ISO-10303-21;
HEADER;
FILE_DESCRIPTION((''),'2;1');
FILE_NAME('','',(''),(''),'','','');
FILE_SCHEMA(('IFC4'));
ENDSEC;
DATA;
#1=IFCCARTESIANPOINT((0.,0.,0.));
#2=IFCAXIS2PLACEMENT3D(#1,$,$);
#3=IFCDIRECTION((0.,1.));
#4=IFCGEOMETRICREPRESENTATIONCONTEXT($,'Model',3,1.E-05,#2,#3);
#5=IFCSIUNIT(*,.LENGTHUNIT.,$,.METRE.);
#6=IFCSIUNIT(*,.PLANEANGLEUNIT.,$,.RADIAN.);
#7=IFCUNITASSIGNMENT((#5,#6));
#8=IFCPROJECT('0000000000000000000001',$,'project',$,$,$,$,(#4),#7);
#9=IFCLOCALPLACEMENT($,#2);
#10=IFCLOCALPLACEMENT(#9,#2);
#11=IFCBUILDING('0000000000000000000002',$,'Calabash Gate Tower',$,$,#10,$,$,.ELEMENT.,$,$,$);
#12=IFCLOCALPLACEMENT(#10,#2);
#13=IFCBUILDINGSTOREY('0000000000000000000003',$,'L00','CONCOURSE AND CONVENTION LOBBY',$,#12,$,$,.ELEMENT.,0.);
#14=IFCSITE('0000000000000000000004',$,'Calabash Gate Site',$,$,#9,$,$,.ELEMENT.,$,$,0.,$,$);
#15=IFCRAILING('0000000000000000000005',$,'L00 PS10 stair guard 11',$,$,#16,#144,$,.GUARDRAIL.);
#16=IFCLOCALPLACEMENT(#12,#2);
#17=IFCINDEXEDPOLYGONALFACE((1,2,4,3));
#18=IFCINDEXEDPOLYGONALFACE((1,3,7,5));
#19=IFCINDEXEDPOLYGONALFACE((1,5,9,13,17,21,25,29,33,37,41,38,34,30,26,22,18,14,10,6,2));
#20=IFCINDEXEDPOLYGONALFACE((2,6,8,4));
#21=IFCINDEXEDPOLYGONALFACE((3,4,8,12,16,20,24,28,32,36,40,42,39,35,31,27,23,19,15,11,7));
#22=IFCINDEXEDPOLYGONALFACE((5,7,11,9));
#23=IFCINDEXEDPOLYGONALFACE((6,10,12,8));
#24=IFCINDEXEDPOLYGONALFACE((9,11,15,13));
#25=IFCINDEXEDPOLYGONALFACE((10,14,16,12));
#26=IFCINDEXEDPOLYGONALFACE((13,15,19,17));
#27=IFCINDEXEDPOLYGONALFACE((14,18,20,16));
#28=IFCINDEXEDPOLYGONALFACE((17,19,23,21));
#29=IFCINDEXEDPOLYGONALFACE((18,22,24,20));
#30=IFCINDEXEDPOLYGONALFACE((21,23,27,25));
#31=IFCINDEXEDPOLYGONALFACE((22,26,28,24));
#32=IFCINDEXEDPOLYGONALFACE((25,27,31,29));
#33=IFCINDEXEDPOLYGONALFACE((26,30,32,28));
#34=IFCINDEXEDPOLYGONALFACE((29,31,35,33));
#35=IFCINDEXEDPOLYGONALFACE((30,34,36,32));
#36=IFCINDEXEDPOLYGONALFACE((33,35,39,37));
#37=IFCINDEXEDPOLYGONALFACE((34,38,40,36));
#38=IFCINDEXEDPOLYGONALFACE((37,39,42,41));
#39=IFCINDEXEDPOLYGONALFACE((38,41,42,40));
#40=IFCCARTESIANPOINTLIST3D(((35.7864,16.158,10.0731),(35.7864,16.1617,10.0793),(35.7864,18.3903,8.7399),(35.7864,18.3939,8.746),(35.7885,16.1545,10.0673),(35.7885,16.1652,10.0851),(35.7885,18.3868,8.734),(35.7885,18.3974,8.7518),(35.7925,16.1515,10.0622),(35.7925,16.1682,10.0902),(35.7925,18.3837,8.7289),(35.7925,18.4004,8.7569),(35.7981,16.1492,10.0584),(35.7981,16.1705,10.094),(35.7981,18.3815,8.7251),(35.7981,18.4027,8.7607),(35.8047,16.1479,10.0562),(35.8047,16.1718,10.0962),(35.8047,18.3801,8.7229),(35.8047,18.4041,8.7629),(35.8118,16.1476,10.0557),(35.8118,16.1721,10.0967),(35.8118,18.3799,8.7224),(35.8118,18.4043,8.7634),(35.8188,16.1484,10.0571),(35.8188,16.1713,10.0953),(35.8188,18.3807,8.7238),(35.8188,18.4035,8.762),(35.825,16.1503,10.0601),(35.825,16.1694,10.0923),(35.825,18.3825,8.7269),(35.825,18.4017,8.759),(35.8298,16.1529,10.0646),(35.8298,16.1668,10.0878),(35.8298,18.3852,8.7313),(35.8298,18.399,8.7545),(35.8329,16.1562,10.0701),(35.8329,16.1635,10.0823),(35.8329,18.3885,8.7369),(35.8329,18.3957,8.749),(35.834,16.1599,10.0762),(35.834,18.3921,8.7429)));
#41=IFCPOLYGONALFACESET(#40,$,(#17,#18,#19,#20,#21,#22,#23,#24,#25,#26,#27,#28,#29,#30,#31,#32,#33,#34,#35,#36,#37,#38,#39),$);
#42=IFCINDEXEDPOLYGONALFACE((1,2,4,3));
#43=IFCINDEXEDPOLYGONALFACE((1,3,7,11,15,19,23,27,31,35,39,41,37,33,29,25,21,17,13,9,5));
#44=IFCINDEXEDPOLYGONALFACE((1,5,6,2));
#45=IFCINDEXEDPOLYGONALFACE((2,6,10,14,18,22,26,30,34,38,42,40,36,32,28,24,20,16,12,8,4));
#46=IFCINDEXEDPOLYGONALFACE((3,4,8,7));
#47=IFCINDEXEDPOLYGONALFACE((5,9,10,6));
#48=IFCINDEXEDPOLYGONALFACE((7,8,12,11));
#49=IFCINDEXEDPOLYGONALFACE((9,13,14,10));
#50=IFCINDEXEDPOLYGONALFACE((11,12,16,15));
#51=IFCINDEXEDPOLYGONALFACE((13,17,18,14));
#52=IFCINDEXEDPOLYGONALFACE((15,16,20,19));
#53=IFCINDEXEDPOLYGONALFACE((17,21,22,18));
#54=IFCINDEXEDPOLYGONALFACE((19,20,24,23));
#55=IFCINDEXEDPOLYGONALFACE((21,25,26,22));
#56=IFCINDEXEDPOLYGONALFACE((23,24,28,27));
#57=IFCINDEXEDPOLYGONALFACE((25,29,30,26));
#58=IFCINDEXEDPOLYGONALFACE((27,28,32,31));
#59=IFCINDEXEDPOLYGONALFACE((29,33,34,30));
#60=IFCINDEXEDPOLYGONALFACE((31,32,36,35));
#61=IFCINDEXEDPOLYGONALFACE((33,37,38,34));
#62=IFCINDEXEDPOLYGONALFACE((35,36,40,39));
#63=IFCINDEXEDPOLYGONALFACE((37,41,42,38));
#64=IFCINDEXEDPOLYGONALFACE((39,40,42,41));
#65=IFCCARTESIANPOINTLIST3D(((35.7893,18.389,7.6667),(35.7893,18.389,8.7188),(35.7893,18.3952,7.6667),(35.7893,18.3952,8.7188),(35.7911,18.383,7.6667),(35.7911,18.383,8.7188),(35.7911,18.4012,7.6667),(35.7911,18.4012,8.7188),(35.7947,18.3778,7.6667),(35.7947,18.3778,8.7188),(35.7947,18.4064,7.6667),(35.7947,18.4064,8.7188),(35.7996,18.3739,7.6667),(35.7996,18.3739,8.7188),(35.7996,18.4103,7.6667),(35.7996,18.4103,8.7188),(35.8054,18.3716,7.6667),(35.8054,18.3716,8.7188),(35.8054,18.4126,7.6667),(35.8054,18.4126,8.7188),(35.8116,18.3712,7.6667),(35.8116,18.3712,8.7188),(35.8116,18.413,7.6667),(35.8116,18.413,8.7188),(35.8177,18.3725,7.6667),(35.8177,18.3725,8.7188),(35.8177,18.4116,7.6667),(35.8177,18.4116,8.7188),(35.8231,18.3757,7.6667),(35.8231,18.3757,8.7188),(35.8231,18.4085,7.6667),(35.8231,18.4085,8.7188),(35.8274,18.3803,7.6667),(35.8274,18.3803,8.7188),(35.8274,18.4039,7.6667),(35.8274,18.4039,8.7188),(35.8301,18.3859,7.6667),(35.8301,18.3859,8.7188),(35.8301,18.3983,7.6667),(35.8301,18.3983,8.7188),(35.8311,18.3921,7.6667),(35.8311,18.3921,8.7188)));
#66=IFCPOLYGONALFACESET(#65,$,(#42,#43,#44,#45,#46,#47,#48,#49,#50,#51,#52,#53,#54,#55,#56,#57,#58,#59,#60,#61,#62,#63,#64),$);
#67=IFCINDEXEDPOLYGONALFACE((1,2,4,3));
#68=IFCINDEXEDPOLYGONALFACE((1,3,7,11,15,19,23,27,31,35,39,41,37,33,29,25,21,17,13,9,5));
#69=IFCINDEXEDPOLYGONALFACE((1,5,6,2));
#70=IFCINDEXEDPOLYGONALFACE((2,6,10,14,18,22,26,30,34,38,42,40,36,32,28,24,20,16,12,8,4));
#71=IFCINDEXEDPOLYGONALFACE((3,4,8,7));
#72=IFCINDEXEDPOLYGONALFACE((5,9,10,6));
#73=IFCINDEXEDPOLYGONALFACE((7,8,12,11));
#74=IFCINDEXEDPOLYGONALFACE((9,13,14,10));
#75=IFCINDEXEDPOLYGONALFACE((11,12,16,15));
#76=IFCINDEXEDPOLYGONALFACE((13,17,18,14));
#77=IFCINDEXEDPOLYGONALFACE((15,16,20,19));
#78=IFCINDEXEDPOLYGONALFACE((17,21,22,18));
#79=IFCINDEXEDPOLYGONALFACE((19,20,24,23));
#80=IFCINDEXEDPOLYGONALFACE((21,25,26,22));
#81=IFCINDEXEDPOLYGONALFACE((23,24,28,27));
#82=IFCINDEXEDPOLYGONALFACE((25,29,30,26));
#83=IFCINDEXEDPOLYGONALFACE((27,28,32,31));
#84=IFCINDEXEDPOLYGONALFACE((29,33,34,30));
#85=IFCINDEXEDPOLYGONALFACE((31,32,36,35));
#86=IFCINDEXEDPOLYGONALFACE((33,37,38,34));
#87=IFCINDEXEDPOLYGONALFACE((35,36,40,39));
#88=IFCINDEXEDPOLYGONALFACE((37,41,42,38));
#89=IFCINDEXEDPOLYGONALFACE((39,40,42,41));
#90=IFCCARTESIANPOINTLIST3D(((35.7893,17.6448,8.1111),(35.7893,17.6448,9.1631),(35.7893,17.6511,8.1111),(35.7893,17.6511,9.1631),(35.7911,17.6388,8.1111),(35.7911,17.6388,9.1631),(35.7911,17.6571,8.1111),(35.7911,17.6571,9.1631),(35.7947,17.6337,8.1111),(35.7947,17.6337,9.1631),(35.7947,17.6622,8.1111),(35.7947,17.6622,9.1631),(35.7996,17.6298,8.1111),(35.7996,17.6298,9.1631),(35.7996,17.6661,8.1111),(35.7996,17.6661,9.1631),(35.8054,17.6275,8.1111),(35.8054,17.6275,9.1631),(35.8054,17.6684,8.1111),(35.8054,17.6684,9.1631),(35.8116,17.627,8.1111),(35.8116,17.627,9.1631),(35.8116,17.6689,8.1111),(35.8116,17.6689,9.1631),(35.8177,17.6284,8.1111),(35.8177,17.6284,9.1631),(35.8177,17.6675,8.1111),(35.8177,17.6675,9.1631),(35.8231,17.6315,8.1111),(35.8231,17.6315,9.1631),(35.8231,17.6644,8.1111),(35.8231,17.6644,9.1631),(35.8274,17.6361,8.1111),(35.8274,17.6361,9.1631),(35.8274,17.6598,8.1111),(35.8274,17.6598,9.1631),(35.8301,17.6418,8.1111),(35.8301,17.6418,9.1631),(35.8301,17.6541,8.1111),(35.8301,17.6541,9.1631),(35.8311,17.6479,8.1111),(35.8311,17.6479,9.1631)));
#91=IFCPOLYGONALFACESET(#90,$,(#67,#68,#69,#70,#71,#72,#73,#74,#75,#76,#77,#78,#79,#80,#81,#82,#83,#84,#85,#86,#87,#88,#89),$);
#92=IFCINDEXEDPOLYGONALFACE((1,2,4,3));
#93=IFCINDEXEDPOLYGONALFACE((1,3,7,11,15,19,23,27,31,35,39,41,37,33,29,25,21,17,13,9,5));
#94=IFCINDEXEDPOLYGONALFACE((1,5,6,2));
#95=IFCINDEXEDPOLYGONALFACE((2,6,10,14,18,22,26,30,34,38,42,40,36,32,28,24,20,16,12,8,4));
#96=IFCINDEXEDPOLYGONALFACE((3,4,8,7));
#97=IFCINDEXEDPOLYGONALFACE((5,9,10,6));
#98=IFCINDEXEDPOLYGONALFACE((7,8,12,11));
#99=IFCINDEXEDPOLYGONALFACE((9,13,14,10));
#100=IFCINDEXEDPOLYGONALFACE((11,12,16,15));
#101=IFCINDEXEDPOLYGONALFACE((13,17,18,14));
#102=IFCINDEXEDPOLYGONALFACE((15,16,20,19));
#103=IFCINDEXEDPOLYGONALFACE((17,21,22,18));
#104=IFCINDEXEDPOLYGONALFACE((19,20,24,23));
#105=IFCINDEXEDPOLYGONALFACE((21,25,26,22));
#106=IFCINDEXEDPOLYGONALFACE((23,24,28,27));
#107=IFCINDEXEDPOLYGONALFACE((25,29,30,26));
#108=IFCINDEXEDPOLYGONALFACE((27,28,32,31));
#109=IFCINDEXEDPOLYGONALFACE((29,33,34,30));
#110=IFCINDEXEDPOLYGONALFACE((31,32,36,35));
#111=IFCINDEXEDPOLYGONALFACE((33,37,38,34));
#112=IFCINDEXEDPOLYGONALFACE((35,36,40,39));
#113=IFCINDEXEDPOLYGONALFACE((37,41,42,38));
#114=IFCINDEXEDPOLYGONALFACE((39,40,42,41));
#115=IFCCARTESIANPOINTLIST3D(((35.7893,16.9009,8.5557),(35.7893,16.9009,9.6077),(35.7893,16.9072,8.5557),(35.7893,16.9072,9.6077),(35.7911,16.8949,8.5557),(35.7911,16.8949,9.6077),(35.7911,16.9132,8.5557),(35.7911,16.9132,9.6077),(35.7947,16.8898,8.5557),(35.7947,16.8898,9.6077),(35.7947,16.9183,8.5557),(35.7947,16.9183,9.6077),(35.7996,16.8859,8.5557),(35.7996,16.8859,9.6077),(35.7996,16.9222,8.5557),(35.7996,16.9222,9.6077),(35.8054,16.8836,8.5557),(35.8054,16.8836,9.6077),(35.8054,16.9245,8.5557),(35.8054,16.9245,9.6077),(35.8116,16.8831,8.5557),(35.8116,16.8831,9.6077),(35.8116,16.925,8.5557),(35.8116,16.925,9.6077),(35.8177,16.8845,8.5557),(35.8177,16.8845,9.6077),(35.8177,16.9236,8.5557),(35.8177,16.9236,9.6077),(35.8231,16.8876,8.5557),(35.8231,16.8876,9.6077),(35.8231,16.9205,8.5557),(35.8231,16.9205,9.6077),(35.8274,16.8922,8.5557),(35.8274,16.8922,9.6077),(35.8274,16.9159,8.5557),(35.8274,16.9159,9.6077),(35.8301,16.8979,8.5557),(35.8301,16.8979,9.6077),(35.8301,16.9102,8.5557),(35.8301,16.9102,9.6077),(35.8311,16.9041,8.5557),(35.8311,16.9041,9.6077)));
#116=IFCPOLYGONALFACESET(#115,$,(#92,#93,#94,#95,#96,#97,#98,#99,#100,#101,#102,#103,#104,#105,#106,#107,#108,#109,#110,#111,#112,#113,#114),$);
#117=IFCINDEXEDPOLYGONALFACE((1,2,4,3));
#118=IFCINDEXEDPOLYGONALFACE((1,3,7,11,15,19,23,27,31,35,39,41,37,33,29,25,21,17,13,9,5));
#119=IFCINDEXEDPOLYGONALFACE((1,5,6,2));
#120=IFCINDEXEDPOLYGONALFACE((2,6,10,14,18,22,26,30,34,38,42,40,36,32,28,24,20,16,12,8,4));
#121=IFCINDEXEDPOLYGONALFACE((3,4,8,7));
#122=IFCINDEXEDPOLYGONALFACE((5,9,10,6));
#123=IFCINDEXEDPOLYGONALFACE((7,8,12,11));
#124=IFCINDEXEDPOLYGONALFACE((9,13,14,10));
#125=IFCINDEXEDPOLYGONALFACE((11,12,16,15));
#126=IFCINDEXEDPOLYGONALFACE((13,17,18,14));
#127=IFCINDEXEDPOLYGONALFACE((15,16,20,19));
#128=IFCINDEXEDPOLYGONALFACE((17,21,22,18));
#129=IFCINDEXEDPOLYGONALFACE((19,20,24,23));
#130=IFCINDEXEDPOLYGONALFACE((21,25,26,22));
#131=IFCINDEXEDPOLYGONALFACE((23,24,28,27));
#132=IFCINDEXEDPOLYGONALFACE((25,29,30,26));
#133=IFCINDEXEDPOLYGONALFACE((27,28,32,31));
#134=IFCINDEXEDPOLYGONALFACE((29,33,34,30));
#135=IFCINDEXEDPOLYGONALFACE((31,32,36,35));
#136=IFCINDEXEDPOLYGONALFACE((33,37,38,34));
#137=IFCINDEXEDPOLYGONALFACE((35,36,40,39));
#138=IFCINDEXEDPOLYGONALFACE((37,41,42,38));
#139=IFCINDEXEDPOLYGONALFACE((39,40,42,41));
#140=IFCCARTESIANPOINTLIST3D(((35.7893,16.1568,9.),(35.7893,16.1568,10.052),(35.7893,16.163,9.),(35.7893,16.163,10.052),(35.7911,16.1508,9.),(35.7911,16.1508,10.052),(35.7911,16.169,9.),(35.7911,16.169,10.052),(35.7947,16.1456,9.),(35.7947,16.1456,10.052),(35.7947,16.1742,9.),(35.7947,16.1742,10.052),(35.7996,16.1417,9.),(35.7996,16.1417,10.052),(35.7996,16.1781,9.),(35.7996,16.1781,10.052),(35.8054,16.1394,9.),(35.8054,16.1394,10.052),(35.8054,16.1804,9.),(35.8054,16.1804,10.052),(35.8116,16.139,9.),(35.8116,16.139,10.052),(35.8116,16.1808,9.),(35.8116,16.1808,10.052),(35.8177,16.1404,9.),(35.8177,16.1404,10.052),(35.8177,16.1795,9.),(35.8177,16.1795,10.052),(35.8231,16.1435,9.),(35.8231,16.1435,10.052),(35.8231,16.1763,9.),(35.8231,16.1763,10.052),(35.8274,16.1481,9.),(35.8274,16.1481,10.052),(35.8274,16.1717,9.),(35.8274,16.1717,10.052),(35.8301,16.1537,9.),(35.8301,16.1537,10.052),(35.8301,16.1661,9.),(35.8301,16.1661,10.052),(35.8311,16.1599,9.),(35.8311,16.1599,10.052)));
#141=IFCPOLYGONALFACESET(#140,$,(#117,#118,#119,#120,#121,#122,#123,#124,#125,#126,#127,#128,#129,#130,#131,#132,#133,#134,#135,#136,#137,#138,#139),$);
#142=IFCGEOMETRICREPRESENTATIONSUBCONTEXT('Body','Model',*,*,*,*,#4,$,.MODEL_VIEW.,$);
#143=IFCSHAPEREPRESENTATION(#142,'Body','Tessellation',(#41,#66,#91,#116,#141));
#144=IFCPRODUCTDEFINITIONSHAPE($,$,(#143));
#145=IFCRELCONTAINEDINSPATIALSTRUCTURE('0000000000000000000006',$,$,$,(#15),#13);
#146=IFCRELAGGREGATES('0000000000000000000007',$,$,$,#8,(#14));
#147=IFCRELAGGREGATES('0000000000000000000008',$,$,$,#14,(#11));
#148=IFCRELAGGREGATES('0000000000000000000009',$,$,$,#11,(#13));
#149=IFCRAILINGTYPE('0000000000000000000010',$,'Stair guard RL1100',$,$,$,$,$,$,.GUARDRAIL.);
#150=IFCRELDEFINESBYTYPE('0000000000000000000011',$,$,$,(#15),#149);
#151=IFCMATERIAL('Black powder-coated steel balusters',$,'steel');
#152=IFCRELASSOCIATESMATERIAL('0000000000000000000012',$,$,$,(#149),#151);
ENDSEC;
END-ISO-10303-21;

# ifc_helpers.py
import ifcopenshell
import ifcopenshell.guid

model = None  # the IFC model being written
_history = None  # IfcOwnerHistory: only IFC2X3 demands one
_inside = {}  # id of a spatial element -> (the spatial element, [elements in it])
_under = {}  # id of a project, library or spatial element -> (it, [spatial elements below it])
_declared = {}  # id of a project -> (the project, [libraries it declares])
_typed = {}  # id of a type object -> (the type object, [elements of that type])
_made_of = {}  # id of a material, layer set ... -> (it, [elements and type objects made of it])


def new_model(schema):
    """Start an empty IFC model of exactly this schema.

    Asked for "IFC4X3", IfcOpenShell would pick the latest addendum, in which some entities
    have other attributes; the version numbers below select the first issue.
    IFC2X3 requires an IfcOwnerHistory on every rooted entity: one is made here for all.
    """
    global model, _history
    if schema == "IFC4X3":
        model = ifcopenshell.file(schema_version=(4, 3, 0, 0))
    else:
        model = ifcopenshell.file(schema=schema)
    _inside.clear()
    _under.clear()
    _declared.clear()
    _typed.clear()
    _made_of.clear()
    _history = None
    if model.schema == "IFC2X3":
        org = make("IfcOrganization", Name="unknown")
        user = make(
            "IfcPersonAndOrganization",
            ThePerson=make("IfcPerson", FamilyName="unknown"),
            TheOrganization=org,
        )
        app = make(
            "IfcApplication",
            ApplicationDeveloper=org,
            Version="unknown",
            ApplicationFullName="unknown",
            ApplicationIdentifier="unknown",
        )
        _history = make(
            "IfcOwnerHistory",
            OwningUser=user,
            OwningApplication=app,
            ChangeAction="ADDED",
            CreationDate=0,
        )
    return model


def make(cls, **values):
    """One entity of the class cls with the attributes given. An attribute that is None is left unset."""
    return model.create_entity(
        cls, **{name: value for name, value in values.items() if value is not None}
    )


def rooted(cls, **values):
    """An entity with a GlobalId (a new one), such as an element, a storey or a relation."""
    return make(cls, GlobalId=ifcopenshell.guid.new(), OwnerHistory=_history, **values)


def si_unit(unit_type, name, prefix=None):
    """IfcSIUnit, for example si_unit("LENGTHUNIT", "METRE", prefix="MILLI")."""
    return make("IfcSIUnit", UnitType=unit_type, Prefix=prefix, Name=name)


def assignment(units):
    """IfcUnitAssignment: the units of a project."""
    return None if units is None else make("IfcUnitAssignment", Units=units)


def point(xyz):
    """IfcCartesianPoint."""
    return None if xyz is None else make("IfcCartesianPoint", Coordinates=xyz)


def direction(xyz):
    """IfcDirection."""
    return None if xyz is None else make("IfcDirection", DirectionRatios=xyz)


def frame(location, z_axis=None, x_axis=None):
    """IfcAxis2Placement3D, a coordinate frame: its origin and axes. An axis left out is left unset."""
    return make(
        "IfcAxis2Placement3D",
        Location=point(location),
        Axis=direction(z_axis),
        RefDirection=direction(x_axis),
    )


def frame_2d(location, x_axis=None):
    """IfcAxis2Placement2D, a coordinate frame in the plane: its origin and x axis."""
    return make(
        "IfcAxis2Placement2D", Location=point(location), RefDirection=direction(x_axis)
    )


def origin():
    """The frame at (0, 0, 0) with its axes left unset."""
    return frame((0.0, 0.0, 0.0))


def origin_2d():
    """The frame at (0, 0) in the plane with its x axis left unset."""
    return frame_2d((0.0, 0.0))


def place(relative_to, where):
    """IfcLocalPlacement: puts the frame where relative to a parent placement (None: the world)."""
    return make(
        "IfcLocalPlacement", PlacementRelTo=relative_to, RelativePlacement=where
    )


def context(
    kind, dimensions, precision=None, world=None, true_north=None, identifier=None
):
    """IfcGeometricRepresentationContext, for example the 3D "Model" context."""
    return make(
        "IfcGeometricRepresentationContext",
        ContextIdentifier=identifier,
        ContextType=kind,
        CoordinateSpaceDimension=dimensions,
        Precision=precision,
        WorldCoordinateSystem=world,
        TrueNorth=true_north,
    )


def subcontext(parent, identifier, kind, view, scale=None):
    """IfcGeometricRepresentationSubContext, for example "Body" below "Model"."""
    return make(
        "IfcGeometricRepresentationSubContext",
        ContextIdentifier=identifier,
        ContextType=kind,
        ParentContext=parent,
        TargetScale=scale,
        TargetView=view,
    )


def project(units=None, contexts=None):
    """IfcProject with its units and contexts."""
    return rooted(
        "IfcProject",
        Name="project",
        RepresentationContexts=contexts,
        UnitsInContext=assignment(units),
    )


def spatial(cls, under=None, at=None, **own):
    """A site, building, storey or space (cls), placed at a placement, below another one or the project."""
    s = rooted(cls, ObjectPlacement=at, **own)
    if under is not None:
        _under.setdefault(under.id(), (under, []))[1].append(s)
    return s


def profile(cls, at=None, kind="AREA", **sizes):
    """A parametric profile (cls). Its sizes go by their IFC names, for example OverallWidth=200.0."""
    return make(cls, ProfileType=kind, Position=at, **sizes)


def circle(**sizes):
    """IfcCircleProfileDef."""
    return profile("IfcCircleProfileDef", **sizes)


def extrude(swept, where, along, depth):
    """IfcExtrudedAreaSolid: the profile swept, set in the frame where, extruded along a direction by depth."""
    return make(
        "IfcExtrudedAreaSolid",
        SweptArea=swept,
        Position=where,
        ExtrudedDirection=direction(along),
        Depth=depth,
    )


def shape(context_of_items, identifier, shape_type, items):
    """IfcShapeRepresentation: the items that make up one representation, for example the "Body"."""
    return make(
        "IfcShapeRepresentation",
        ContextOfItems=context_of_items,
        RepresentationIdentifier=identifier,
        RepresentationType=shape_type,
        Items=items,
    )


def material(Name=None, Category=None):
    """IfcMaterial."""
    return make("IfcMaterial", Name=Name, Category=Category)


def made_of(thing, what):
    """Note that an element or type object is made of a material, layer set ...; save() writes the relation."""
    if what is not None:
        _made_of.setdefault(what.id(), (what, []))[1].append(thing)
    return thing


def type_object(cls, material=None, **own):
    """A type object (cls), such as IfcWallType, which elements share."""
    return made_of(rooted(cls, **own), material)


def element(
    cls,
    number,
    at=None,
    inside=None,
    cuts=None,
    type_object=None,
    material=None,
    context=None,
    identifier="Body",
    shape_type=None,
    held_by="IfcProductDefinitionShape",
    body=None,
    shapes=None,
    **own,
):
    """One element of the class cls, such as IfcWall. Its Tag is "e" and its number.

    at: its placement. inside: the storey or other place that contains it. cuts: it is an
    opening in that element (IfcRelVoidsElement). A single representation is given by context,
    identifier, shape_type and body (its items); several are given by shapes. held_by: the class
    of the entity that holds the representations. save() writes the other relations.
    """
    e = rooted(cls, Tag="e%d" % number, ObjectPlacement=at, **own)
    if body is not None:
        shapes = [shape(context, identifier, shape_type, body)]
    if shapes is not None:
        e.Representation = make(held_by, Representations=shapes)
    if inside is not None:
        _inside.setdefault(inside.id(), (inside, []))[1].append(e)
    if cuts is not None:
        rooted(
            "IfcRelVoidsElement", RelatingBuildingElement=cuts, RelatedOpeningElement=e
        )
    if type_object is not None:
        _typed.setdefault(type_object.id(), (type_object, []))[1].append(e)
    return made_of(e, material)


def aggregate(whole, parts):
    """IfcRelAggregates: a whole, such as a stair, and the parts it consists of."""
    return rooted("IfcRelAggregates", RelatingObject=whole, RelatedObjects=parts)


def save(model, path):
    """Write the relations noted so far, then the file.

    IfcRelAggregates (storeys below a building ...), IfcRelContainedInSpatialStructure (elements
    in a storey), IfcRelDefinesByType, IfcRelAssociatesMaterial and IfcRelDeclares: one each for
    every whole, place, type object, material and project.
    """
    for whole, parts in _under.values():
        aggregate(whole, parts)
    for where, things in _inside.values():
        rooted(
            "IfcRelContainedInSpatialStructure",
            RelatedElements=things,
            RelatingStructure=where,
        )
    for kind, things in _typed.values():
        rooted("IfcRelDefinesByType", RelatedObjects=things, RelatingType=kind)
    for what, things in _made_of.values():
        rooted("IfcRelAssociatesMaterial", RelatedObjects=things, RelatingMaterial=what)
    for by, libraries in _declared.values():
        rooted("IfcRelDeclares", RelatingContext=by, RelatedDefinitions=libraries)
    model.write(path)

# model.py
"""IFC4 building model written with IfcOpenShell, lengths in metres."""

from ifc_helpers import new_model, si_unit, direction, frame, origin, origin_2d, place, context, subcontext, project, spatial, circle, extrude, material, type_object, element, save


model = new_model("IFC4")

# Units and contexts
model_context = context("Model", 3, precision=1e-05, world=origin(), true_north=direction((0.0, 1.0)))
body_context = subcontext(model_context, "Body", "Model", "MODEL_VIEW")
ifc_project = project(units=[si_unit("LENGTHUNIT", "METRE"), si_unit("PLANEANGLEUNIT", "RADIAN")], contexts=[model_context])

# Site, building, storey
site_placement = place(None, origin())
site = spatial("IfcSite", under=ifc_project, at=site_placement, Name="Calabash Gate Site", CompositionType="ELEMENT", RefElevation=0.0)
building_placement = place(site_placement, origin())
building = spatial("IfcBuilding", under=site, at=building_placement, Name="Calabash Gate Tower", CompositionType="ELEMENT")
storey_placement = place(building_placement, origin())
storey = spatial("IfcBuildingStorey", under=building, at=storey_placement, Name="L00", Description="CONCOURSE AND CONVENTION LOBBY", CompositionType="ELEMENT", Elevation=0.0)

# Railing
ifc_material_1 = material(Name="Black powder-coated steel balusters", Category="steel")
railing_type_1 = type_object("IfcRailingType", Name="Stair guard RL1100", PredefinedType="GUARDRAIL", material=ifc_material_1)
for number, where, name in (
    (1, (35.8101, 18.3921, 7.6667), "L00 PS10 stair guard 11"),
):
    element("IfcRailing", number, at=place(storey_placement, frame(where)), inside=storey, type_object=railing_type_1, Name=name, PredefinedType="GUARDRAIL", context=body_context, shape_type="SweptSolid", body=[
        extrude(circle(Radius=0.0239, at=origin_2d()), frame((0.0, 0.0, 1.0762), z_axis=(0.0, -0.858519, 0.512782), x_axis=(1.0, 0.0, 0.0)), (0.0, 0.0, 1.0), 2.6001),
        extrude(circle(Radius=0.021, at=origin_2d()), origin(), (0.0, 0.0, 1.0), 1.052),
        extrude(circle(Radius=0.021, at=origin_2d()), frame((0.0, -0.7441, 0.4443)), (0.0, 0.0, 1.0), 1.052),
        extrude(circle(Radius=0.021, at=origin_2d()), frame((0.0, -1.488, 0.8889)), (0.0, 0.0, 1.0), 1.052),
        extrude(circle(Radius=0.021, at=origin_2d()), frame((0.0, -2.2322, 1.3333)), (0.0, 0.0, 1.0), 1.052),
    ])

save(model, "model.ifc")
